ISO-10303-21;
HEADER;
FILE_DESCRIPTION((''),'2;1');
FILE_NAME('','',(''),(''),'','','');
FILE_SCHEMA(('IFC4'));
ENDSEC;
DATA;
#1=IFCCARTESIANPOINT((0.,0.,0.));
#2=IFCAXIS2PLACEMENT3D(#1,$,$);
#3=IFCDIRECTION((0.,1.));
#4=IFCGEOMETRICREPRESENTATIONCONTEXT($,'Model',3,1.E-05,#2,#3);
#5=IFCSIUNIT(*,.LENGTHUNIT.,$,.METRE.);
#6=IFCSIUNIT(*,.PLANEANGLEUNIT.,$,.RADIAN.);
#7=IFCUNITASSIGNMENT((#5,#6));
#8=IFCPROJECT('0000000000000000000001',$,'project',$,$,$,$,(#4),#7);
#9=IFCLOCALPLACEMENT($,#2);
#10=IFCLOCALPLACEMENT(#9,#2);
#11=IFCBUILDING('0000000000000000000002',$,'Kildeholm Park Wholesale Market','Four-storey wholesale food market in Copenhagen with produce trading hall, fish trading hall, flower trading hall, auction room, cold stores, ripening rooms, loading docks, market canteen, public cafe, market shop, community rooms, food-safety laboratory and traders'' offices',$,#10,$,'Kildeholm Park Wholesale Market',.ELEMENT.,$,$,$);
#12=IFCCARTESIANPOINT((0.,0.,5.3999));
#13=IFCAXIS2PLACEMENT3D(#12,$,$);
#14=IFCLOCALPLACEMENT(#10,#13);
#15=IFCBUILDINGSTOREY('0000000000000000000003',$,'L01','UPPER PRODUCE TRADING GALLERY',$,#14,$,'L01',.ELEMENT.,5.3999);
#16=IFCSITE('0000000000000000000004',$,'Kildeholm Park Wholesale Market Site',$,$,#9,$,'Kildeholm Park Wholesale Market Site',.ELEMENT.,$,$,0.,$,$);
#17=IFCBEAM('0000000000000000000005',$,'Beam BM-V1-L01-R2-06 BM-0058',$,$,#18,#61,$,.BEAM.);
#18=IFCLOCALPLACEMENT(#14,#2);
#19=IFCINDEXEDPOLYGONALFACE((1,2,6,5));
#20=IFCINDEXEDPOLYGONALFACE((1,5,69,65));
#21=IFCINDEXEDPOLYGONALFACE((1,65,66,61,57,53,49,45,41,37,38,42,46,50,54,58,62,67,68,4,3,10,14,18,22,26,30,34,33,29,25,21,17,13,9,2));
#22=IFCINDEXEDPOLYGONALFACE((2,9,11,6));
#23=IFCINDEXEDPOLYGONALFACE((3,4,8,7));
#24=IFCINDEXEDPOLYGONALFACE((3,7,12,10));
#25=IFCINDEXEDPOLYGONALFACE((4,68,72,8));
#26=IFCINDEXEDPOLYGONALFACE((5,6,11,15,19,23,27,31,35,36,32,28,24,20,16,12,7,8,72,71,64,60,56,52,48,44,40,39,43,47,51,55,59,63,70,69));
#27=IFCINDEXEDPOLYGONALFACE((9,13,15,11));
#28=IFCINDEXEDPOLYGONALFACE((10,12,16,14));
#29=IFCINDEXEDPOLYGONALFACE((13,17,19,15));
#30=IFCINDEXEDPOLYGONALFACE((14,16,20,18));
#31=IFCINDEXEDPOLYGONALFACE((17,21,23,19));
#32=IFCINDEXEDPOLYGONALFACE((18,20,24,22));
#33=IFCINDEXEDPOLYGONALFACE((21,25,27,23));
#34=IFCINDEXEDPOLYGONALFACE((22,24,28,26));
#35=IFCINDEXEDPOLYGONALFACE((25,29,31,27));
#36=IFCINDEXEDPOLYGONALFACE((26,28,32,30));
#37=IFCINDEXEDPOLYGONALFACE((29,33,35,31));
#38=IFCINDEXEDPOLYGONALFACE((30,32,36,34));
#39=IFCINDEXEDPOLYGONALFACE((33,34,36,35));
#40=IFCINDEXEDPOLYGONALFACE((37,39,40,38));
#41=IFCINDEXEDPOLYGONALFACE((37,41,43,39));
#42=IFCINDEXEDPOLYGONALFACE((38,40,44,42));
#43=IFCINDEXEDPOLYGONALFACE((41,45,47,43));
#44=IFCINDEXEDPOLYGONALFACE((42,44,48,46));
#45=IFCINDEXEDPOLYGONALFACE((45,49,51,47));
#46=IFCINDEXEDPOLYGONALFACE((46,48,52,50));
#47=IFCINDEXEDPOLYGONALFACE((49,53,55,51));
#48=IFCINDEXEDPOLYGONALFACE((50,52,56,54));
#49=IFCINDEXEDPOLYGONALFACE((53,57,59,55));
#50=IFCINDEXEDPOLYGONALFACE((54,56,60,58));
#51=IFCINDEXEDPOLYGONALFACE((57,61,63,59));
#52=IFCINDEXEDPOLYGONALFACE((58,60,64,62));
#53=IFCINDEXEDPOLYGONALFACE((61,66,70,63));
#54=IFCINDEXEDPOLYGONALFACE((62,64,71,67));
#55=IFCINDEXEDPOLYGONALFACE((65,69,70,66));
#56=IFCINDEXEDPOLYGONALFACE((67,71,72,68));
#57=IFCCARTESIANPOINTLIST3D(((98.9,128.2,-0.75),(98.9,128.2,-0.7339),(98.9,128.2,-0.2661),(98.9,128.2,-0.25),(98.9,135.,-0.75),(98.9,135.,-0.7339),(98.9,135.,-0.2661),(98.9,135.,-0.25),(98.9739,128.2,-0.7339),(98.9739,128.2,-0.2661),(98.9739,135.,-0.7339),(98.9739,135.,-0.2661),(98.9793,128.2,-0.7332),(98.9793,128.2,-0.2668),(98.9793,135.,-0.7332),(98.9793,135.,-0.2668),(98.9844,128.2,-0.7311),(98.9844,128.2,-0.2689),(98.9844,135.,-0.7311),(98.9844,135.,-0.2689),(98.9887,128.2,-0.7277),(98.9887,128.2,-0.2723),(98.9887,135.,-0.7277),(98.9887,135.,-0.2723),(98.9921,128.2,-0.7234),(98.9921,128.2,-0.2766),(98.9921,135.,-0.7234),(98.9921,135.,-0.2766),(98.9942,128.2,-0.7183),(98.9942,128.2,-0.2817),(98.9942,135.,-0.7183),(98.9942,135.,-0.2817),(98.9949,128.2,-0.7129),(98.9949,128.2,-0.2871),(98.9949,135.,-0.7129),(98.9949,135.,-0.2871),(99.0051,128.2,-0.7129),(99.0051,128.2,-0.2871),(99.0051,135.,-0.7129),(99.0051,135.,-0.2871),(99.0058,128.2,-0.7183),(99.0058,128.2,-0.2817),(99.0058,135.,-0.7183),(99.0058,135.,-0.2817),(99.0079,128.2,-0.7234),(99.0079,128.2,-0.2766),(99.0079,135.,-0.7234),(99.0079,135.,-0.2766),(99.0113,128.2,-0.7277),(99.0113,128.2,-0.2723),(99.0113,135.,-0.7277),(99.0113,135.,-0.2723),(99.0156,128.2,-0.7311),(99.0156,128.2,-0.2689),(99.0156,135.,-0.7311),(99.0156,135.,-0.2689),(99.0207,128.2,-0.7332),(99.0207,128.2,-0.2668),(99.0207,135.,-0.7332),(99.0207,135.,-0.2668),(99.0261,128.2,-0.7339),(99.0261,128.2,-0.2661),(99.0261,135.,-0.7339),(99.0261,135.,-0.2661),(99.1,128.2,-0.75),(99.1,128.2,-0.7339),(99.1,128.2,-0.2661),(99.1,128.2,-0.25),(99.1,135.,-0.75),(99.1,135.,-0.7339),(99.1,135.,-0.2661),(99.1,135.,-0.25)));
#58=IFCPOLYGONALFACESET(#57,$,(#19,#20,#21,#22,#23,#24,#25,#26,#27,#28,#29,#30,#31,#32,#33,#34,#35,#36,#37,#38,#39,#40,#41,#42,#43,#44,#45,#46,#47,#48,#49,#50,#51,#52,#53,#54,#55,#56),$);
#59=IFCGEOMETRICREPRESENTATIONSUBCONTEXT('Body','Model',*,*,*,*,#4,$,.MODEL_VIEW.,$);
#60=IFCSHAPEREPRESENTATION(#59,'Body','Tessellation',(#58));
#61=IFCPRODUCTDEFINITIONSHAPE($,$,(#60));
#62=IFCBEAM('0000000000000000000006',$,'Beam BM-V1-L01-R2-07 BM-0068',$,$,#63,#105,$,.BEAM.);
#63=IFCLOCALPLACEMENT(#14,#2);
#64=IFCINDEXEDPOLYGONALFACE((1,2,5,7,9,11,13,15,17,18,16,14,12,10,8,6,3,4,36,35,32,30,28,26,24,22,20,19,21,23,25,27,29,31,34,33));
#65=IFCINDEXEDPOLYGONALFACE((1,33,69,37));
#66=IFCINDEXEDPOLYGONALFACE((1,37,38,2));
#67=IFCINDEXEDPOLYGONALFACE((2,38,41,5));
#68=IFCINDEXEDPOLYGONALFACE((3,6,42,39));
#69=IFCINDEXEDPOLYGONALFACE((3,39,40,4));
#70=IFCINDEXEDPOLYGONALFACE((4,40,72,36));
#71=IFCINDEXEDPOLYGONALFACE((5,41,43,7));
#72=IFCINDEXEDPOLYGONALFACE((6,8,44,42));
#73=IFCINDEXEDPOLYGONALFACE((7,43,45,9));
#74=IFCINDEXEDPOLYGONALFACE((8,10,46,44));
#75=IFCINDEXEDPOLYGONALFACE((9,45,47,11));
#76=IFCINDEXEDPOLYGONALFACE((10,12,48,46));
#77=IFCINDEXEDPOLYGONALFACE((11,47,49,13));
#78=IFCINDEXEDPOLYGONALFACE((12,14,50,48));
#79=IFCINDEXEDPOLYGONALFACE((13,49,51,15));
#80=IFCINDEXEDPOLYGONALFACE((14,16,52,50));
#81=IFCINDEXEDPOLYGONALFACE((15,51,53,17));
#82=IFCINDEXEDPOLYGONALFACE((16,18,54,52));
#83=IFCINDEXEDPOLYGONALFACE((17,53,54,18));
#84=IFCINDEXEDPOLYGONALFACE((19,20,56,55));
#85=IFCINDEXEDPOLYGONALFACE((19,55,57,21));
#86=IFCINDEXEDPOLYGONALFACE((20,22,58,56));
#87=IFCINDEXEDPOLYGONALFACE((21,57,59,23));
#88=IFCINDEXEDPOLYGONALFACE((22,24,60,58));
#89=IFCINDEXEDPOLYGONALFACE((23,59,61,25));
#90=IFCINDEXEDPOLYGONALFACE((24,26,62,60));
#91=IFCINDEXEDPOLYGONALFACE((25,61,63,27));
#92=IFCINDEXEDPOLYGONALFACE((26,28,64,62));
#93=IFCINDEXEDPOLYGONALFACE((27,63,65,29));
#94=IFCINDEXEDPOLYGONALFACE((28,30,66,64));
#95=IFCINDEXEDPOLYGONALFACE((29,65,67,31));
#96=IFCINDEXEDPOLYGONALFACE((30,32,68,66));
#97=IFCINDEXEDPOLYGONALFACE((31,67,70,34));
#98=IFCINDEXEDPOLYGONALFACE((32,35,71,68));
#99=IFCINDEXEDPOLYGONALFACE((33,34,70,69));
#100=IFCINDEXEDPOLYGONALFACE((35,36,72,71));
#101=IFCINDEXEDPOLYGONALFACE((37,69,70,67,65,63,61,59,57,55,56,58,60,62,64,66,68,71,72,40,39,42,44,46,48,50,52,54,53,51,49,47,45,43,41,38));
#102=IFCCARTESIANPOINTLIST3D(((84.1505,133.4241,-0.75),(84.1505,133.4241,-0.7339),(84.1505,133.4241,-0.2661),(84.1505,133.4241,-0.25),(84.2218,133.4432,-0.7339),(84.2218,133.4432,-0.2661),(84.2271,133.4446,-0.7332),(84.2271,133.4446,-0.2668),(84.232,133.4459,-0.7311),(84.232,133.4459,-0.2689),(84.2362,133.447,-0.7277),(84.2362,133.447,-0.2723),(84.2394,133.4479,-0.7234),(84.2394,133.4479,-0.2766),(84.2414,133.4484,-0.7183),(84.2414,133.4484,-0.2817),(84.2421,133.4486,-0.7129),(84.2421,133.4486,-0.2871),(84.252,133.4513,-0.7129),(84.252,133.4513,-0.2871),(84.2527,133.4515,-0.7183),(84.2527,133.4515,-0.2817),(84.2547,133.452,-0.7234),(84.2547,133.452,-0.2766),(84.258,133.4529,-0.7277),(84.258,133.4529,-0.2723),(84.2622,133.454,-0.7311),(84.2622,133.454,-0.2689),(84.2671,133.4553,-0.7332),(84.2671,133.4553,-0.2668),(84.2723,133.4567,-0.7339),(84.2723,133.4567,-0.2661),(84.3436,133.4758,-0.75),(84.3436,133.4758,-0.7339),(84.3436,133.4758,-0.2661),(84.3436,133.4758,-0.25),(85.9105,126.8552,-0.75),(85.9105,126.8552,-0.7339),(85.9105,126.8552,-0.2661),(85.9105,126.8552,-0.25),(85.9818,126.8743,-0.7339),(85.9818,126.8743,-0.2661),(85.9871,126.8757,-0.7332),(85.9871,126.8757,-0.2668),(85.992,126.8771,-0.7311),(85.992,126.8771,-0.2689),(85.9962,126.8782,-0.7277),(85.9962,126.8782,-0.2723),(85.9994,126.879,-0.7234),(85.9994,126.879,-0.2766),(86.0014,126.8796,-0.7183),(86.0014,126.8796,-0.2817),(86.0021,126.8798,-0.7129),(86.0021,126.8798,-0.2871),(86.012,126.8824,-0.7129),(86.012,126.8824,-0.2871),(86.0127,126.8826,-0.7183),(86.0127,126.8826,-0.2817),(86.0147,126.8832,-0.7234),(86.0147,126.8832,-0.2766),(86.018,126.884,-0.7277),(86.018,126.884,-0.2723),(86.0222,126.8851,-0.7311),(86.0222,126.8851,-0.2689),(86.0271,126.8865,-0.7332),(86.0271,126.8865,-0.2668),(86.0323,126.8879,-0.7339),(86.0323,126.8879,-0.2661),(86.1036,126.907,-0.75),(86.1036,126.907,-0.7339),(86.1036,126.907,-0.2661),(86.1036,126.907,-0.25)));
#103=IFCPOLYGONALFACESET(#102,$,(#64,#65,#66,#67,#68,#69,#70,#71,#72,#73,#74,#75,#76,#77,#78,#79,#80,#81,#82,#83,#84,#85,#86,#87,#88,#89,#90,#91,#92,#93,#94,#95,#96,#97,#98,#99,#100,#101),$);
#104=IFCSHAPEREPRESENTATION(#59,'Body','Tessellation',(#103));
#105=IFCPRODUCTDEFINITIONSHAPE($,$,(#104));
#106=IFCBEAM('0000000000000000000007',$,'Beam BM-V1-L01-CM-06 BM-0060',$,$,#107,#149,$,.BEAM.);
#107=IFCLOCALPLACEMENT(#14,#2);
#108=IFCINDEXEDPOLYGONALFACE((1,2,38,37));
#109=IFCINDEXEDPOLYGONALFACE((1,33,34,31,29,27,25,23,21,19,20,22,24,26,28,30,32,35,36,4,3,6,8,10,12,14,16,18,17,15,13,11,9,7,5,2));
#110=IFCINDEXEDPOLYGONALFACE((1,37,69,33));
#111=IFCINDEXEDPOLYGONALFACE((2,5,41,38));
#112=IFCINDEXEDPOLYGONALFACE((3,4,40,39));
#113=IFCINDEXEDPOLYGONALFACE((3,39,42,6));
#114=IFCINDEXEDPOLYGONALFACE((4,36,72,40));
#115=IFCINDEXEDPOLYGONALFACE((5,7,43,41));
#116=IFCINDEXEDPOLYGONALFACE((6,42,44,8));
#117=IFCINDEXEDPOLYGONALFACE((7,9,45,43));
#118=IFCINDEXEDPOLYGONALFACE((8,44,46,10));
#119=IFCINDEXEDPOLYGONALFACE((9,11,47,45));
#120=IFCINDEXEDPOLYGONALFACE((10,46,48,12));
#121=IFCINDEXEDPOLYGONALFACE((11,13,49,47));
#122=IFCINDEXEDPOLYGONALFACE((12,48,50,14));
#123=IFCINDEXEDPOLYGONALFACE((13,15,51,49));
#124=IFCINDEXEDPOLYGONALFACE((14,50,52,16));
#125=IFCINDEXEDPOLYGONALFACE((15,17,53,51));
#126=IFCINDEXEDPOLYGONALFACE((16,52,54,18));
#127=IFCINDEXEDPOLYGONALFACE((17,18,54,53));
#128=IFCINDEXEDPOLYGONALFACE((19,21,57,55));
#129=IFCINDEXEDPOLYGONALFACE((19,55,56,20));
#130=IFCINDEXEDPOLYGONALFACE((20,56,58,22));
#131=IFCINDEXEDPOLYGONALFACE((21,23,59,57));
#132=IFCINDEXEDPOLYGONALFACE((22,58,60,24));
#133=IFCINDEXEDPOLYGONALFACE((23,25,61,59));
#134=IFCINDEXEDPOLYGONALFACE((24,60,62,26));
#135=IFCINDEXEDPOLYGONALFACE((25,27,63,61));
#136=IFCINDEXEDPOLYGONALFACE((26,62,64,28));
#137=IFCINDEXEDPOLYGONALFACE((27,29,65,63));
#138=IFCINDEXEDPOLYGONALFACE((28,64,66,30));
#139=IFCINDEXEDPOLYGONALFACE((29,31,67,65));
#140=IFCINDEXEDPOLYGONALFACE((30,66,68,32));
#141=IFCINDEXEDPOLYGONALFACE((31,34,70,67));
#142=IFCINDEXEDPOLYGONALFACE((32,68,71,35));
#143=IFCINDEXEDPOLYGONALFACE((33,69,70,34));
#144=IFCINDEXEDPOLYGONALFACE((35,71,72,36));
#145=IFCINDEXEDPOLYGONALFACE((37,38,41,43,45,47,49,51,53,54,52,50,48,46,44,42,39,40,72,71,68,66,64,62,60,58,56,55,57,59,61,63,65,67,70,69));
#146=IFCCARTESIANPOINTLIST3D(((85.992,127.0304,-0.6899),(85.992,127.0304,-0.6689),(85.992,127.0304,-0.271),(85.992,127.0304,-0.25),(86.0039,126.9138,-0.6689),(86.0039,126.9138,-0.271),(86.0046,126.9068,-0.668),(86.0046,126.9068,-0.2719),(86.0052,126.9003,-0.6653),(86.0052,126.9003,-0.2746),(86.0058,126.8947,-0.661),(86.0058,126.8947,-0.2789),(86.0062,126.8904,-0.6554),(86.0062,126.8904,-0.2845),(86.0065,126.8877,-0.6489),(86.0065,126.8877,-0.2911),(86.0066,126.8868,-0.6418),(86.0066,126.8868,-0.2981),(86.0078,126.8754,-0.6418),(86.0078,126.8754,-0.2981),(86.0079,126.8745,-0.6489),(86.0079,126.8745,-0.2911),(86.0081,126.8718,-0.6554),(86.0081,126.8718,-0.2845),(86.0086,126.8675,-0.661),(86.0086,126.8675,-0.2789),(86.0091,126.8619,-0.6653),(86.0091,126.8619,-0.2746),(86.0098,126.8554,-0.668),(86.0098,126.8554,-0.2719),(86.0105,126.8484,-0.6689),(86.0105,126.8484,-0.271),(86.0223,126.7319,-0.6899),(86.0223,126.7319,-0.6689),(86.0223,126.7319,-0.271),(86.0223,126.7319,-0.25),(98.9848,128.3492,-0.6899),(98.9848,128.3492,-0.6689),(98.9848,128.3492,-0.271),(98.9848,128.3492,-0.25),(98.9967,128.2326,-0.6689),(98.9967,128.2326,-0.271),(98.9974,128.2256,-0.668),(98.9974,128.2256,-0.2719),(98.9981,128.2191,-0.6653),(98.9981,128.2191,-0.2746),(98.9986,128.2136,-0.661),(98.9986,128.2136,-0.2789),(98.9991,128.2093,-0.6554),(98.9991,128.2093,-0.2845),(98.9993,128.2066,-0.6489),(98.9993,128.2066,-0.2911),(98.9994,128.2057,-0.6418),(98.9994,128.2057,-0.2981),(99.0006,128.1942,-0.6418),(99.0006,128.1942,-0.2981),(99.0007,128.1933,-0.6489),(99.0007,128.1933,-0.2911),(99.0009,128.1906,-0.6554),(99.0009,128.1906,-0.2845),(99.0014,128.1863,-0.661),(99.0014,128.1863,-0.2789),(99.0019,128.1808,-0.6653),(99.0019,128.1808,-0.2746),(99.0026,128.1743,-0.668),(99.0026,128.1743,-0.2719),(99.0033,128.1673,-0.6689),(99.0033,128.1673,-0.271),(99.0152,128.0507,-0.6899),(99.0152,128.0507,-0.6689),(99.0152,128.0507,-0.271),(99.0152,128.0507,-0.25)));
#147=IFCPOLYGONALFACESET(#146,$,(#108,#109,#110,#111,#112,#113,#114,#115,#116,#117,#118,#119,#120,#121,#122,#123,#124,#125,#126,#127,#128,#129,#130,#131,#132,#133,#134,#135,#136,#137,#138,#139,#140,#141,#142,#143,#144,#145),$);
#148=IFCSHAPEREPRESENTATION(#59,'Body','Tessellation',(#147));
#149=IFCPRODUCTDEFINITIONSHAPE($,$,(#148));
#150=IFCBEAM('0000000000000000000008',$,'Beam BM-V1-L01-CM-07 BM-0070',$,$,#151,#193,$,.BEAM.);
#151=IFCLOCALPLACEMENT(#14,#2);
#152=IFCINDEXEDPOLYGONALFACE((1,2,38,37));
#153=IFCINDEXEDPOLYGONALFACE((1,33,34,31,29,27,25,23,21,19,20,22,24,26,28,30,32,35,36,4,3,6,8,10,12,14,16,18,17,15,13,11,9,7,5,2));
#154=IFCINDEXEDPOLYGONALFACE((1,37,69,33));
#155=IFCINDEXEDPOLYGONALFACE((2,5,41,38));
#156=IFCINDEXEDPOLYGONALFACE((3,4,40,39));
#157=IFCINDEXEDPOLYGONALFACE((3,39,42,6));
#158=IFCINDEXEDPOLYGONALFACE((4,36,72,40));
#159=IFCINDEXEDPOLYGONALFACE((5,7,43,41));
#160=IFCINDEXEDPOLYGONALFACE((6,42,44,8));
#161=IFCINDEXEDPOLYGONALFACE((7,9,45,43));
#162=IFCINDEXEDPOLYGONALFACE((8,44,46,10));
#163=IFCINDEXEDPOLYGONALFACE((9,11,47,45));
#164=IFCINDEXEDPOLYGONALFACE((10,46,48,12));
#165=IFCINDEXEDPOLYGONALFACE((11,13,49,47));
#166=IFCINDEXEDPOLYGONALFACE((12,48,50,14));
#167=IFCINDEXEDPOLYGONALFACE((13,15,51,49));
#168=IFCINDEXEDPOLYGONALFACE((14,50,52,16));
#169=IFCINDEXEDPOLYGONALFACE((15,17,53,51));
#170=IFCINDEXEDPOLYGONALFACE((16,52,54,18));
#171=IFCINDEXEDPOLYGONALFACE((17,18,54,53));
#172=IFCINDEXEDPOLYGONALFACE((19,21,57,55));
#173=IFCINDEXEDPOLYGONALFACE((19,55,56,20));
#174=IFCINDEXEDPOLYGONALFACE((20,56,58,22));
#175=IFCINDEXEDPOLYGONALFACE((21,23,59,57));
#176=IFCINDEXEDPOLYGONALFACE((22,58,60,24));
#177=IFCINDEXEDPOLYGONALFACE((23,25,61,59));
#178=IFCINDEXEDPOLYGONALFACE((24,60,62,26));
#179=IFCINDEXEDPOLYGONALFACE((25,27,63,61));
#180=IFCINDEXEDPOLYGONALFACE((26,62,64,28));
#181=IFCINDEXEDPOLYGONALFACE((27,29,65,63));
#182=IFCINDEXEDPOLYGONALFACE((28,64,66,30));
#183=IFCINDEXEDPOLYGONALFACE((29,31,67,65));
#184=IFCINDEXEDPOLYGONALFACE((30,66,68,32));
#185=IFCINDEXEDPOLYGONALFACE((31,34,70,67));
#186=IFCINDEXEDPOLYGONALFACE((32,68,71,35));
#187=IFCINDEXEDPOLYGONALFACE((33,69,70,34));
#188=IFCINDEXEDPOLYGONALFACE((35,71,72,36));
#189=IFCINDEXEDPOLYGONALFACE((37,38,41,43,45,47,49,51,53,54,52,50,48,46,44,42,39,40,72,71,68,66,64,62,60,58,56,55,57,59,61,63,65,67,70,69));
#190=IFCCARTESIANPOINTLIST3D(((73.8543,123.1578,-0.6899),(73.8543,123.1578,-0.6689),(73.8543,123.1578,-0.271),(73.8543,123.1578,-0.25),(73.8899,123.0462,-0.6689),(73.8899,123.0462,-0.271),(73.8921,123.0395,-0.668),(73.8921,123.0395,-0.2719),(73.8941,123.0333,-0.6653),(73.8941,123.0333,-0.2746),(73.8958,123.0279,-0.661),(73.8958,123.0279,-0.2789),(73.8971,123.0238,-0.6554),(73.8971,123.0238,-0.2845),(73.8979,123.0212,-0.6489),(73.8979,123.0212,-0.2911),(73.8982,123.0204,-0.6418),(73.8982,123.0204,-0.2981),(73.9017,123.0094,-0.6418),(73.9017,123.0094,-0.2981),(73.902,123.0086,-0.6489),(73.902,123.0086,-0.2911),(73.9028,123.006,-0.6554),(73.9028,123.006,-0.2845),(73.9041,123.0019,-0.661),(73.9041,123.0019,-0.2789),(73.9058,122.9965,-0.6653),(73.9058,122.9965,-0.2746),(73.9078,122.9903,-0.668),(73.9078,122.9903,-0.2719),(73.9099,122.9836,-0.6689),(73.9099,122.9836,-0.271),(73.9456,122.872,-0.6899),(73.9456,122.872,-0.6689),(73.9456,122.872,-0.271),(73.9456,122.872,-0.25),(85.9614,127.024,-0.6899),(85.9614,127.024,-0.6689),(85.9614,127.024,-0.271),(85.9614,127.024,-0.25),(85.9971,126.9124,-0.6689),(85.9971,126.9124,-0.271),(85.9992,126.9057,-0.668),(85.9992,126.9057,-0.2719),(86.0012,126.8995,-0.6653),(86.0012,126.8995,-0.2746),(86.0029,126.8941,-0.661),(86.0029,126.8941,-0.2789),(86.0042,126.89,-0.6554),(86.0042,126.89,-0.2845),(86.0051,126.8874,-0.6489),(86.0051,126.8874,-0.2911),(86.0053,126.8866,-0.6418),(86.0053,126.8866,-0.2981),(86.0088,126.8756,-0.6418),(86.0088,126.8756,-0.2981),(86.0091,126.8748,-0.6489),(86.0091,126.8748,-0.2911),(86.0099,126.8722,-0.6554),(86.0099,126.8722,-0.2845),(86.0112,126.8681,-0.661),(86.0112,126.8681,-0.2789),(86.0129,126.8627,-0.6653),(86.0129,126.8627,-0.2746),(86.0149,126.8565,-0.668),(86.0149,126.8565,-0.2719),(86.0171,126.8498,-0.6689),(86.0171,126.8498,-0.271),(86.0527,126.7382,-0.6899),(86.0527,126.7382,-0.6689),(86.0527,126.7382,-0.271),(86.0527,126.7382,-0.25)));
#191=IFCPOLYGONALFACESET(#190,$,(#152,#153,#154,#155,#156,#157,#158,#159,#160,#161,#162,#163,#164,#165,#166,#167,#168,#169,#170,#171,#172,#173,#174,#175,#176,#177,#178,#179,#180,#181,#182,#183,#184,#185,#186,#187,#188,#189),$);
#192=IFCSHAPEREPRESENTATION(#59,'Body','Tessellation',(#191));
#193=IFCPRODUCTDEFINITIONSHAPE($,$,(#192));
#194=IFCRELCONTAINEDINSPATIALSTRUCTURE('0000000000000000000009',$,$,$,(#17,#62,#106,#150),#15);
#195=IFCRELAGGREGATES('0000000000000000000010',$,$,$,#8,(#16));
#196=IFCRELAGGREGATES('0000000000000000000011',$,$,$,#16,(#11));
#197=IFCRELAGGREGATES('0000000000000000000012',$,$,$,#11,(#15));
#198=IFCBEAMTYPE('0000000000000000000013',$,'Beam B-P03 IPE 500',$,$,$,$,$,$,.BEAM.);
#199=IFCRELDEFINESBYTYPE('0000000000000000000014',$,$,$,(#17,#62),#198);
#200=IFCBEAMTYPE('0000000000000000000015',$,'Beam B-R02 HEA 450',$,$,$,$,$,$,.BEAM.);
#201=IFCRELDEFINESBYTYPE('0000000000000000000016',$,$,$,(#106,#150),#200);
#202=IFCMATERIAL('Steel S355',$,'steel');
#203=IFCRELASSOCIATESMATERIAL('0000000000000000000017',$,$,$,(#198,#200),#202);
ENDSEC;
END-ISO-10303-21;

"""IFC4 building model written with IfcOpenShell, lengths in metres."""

from ifc_helpers import new_model, si_unit, direction, frame, origin, origin_2d, place, context, subcontext, project, spatial, i_section, extrude, material, material_profile, profile_set, type_object, element, save


model = new_model("IFC4")

# Units and contexts
model_context = context("Model", 3, precision=1e-05, world=origin(), true_north=direction((0.0, 1.0)))
body_context = subcontext(model_context, "Body", "Model", "MODEL_VIEW")
ifc_project = project(units=[si_unit("LENGTHUNIT", "METRE"), si_unit("PLANEANGLEUNIT", "RADIAN")], contexts=[model_context])

# Site, building, storey
site_placement = place(None, origin())
site = spatial("IfcSite", under=ifc_project, at=site_placement, Name="Kildeholm Park Wholesale Market Site", LongName="Kildeholm Park Wholesale Market Site", CompositionType="ELEMENT", RefElevation=0.0)
building_placement = place(site_placement, origin())
building = spatial("IfcBuilding", under=site, at=building_placement, Name="Kildeholm Park Wholesale Market", Description="Four-storey wholesale food market in Copenhagen with produce trading hall, fish trading hall, flower trading hall, auction room, cold stores, ripening rooms, loading docks, market canteen, public cafe, market shop, community rooms, food-safety laboratory and traders' offices", LongName="Kildeholm Park Wholesale Market", CompositionType="ELEMENT")
storey_placement = place(building_placement, frame((0.0, 0.0, 5.3999)))
storey = spatial("IfcBuildingStorey", under=building, at=storey_placement, Name="L01", Description="UPPER PRODUCE TRADING GALLERY", LongName="L01", CompositionType="ELEMENT", Elevation=5.3999)

# Shared definitions
ifc_material_1 = material(Name="Steel S355", Category="steel")

# Beams
ifc_material_profile_1 = material_profile(ifc_material_1, i_section(OverallWidth=0.2, OverallDepth=0.5, WebThickness=0.0103, FlangeThickness=0.0161, FilletRadius=0.021, at=origin_2d()), Name="IPE 500")
ifc_profile_set_1 = profile_set([ifc_material_profile_1], Name="Steel S355")
beam_type_1 = type_object("IfcBeamType", Name="Beam B-P03 IPE 500", PredefinedType="BEAM", material=ifc_profile_set_1)
beam_1_placement = place(storey_placement, frame((99.0, 128.2, -0.5), z_axis=(0.0, 1.0, 0.0), x_axis=(-1.0, 0.0, 0.0)))
element("IfcBeam", 1, at=beam_1_placement, inside=storey, type_object=beam_type_1, Name="Beam BM-V1-L01-R2-06 BM-0058", PredefinedType="BEAM", context=body_context, shape_type="SweptSolid", body=[
    extrude(i_section(OverallWidth=0.2, OverallDepth=0.5, WebThickness=0.0103, FlangeThickness=0.0161, FilletRadius=0.021, at=origin_2d()), origin(), (0.0, 0.0, 1.0), 6.8),
])
beam_2_placement = place(storey_placement, frame((86.0071, 126.8811, -0.5), z_axis=(-0.258804, 0.96593, 0.0), x_axis=(-0.96593, -0.258804, 0.0)))
element("IfcBeam", 2, at=beam_2_placement, inside=storey, type_object=beam_type_1, Name="Beam BM-V1-L01-R2-07 BM-0068", PredefinedType="BEAM", context=body_context, shape_type="SweptSolid", body=[
    extrude(i_section(OverallWidth=0.2, OverallDepth=0.5, WebThickness=0.0103, FlangeThickness=0.0161, FilletRadius=0.021, at=origin_2d()), origin(), (0.0, 0.0, 1.0), 6.8005),
])
ifc_material_profile_2 = material_profile(ifc_material_1, i_section(OverallWidth=0.3, OverallDepth=0.4399, WebThickness=0.0115, FlangeThickness=0.021, FilletRadius=0.0271, at=origin_2d()), Name="HEA 450")
ifc_profile_set_2 = profile_set([ifc_material_profile_2], Name="Steel S355")
beam_type_2 = type_object("IfcBeamType", Name="Beam B-R02 HEA 450", PredefinedType="BEAM", material=ifc_profile_set_2)
beam_3_placement = place(storey_placement, frame((99.0, 128.2, -0.47), z_axis=(-0.994888, -0.100986, 0.0), x_axis=(0.100986, -0.994888, 0.0)))
element("IfcBeam", 3, at=beam_3_placement, inside=storey, type_object=beam_type_2, Name="Beam BM-V1-L01-CM-06 BM-0060", PredefinedType="BEAM", context=body_context, shape_type="SweptSolid", body=[
    extrude(i_section(OverallWidth=0.3, OverallDepth=0.4399, WebThickness=0.0115, FlangeThickness=0.021, FilletRadius=0.0271, at=origin_2d()), origin(), (0.0, 0.0, 1.0), 13.0596),
])
beam_4_placement = place(storey_placement, frame((86.0071, 126.8811, -0.47), z_axis=(-0.952609, -0.304199, 0.0), x_axis=(0.304199, -0.952609, 0.0)))
element("IfcBeam", 4, at=beam_4_placement, inside=storey, type_object=beam_type_2, Name="Beam BM-V1-L01-CM-07 BM-0070", PredefinedType="BEAM", context=body_context, shape_type="SweptSolid", body=[
    extrude(i_section(OverallWidth=0.3, OverallDepth=0.4399, WebThickness=0.0115, FlangeThickness=0.021, FilletRadius=0.0271, at=origin_2d()), origin(), (0.0, 0.0, 1.0), 12.7095),
])

save(model, "model.ifc")
